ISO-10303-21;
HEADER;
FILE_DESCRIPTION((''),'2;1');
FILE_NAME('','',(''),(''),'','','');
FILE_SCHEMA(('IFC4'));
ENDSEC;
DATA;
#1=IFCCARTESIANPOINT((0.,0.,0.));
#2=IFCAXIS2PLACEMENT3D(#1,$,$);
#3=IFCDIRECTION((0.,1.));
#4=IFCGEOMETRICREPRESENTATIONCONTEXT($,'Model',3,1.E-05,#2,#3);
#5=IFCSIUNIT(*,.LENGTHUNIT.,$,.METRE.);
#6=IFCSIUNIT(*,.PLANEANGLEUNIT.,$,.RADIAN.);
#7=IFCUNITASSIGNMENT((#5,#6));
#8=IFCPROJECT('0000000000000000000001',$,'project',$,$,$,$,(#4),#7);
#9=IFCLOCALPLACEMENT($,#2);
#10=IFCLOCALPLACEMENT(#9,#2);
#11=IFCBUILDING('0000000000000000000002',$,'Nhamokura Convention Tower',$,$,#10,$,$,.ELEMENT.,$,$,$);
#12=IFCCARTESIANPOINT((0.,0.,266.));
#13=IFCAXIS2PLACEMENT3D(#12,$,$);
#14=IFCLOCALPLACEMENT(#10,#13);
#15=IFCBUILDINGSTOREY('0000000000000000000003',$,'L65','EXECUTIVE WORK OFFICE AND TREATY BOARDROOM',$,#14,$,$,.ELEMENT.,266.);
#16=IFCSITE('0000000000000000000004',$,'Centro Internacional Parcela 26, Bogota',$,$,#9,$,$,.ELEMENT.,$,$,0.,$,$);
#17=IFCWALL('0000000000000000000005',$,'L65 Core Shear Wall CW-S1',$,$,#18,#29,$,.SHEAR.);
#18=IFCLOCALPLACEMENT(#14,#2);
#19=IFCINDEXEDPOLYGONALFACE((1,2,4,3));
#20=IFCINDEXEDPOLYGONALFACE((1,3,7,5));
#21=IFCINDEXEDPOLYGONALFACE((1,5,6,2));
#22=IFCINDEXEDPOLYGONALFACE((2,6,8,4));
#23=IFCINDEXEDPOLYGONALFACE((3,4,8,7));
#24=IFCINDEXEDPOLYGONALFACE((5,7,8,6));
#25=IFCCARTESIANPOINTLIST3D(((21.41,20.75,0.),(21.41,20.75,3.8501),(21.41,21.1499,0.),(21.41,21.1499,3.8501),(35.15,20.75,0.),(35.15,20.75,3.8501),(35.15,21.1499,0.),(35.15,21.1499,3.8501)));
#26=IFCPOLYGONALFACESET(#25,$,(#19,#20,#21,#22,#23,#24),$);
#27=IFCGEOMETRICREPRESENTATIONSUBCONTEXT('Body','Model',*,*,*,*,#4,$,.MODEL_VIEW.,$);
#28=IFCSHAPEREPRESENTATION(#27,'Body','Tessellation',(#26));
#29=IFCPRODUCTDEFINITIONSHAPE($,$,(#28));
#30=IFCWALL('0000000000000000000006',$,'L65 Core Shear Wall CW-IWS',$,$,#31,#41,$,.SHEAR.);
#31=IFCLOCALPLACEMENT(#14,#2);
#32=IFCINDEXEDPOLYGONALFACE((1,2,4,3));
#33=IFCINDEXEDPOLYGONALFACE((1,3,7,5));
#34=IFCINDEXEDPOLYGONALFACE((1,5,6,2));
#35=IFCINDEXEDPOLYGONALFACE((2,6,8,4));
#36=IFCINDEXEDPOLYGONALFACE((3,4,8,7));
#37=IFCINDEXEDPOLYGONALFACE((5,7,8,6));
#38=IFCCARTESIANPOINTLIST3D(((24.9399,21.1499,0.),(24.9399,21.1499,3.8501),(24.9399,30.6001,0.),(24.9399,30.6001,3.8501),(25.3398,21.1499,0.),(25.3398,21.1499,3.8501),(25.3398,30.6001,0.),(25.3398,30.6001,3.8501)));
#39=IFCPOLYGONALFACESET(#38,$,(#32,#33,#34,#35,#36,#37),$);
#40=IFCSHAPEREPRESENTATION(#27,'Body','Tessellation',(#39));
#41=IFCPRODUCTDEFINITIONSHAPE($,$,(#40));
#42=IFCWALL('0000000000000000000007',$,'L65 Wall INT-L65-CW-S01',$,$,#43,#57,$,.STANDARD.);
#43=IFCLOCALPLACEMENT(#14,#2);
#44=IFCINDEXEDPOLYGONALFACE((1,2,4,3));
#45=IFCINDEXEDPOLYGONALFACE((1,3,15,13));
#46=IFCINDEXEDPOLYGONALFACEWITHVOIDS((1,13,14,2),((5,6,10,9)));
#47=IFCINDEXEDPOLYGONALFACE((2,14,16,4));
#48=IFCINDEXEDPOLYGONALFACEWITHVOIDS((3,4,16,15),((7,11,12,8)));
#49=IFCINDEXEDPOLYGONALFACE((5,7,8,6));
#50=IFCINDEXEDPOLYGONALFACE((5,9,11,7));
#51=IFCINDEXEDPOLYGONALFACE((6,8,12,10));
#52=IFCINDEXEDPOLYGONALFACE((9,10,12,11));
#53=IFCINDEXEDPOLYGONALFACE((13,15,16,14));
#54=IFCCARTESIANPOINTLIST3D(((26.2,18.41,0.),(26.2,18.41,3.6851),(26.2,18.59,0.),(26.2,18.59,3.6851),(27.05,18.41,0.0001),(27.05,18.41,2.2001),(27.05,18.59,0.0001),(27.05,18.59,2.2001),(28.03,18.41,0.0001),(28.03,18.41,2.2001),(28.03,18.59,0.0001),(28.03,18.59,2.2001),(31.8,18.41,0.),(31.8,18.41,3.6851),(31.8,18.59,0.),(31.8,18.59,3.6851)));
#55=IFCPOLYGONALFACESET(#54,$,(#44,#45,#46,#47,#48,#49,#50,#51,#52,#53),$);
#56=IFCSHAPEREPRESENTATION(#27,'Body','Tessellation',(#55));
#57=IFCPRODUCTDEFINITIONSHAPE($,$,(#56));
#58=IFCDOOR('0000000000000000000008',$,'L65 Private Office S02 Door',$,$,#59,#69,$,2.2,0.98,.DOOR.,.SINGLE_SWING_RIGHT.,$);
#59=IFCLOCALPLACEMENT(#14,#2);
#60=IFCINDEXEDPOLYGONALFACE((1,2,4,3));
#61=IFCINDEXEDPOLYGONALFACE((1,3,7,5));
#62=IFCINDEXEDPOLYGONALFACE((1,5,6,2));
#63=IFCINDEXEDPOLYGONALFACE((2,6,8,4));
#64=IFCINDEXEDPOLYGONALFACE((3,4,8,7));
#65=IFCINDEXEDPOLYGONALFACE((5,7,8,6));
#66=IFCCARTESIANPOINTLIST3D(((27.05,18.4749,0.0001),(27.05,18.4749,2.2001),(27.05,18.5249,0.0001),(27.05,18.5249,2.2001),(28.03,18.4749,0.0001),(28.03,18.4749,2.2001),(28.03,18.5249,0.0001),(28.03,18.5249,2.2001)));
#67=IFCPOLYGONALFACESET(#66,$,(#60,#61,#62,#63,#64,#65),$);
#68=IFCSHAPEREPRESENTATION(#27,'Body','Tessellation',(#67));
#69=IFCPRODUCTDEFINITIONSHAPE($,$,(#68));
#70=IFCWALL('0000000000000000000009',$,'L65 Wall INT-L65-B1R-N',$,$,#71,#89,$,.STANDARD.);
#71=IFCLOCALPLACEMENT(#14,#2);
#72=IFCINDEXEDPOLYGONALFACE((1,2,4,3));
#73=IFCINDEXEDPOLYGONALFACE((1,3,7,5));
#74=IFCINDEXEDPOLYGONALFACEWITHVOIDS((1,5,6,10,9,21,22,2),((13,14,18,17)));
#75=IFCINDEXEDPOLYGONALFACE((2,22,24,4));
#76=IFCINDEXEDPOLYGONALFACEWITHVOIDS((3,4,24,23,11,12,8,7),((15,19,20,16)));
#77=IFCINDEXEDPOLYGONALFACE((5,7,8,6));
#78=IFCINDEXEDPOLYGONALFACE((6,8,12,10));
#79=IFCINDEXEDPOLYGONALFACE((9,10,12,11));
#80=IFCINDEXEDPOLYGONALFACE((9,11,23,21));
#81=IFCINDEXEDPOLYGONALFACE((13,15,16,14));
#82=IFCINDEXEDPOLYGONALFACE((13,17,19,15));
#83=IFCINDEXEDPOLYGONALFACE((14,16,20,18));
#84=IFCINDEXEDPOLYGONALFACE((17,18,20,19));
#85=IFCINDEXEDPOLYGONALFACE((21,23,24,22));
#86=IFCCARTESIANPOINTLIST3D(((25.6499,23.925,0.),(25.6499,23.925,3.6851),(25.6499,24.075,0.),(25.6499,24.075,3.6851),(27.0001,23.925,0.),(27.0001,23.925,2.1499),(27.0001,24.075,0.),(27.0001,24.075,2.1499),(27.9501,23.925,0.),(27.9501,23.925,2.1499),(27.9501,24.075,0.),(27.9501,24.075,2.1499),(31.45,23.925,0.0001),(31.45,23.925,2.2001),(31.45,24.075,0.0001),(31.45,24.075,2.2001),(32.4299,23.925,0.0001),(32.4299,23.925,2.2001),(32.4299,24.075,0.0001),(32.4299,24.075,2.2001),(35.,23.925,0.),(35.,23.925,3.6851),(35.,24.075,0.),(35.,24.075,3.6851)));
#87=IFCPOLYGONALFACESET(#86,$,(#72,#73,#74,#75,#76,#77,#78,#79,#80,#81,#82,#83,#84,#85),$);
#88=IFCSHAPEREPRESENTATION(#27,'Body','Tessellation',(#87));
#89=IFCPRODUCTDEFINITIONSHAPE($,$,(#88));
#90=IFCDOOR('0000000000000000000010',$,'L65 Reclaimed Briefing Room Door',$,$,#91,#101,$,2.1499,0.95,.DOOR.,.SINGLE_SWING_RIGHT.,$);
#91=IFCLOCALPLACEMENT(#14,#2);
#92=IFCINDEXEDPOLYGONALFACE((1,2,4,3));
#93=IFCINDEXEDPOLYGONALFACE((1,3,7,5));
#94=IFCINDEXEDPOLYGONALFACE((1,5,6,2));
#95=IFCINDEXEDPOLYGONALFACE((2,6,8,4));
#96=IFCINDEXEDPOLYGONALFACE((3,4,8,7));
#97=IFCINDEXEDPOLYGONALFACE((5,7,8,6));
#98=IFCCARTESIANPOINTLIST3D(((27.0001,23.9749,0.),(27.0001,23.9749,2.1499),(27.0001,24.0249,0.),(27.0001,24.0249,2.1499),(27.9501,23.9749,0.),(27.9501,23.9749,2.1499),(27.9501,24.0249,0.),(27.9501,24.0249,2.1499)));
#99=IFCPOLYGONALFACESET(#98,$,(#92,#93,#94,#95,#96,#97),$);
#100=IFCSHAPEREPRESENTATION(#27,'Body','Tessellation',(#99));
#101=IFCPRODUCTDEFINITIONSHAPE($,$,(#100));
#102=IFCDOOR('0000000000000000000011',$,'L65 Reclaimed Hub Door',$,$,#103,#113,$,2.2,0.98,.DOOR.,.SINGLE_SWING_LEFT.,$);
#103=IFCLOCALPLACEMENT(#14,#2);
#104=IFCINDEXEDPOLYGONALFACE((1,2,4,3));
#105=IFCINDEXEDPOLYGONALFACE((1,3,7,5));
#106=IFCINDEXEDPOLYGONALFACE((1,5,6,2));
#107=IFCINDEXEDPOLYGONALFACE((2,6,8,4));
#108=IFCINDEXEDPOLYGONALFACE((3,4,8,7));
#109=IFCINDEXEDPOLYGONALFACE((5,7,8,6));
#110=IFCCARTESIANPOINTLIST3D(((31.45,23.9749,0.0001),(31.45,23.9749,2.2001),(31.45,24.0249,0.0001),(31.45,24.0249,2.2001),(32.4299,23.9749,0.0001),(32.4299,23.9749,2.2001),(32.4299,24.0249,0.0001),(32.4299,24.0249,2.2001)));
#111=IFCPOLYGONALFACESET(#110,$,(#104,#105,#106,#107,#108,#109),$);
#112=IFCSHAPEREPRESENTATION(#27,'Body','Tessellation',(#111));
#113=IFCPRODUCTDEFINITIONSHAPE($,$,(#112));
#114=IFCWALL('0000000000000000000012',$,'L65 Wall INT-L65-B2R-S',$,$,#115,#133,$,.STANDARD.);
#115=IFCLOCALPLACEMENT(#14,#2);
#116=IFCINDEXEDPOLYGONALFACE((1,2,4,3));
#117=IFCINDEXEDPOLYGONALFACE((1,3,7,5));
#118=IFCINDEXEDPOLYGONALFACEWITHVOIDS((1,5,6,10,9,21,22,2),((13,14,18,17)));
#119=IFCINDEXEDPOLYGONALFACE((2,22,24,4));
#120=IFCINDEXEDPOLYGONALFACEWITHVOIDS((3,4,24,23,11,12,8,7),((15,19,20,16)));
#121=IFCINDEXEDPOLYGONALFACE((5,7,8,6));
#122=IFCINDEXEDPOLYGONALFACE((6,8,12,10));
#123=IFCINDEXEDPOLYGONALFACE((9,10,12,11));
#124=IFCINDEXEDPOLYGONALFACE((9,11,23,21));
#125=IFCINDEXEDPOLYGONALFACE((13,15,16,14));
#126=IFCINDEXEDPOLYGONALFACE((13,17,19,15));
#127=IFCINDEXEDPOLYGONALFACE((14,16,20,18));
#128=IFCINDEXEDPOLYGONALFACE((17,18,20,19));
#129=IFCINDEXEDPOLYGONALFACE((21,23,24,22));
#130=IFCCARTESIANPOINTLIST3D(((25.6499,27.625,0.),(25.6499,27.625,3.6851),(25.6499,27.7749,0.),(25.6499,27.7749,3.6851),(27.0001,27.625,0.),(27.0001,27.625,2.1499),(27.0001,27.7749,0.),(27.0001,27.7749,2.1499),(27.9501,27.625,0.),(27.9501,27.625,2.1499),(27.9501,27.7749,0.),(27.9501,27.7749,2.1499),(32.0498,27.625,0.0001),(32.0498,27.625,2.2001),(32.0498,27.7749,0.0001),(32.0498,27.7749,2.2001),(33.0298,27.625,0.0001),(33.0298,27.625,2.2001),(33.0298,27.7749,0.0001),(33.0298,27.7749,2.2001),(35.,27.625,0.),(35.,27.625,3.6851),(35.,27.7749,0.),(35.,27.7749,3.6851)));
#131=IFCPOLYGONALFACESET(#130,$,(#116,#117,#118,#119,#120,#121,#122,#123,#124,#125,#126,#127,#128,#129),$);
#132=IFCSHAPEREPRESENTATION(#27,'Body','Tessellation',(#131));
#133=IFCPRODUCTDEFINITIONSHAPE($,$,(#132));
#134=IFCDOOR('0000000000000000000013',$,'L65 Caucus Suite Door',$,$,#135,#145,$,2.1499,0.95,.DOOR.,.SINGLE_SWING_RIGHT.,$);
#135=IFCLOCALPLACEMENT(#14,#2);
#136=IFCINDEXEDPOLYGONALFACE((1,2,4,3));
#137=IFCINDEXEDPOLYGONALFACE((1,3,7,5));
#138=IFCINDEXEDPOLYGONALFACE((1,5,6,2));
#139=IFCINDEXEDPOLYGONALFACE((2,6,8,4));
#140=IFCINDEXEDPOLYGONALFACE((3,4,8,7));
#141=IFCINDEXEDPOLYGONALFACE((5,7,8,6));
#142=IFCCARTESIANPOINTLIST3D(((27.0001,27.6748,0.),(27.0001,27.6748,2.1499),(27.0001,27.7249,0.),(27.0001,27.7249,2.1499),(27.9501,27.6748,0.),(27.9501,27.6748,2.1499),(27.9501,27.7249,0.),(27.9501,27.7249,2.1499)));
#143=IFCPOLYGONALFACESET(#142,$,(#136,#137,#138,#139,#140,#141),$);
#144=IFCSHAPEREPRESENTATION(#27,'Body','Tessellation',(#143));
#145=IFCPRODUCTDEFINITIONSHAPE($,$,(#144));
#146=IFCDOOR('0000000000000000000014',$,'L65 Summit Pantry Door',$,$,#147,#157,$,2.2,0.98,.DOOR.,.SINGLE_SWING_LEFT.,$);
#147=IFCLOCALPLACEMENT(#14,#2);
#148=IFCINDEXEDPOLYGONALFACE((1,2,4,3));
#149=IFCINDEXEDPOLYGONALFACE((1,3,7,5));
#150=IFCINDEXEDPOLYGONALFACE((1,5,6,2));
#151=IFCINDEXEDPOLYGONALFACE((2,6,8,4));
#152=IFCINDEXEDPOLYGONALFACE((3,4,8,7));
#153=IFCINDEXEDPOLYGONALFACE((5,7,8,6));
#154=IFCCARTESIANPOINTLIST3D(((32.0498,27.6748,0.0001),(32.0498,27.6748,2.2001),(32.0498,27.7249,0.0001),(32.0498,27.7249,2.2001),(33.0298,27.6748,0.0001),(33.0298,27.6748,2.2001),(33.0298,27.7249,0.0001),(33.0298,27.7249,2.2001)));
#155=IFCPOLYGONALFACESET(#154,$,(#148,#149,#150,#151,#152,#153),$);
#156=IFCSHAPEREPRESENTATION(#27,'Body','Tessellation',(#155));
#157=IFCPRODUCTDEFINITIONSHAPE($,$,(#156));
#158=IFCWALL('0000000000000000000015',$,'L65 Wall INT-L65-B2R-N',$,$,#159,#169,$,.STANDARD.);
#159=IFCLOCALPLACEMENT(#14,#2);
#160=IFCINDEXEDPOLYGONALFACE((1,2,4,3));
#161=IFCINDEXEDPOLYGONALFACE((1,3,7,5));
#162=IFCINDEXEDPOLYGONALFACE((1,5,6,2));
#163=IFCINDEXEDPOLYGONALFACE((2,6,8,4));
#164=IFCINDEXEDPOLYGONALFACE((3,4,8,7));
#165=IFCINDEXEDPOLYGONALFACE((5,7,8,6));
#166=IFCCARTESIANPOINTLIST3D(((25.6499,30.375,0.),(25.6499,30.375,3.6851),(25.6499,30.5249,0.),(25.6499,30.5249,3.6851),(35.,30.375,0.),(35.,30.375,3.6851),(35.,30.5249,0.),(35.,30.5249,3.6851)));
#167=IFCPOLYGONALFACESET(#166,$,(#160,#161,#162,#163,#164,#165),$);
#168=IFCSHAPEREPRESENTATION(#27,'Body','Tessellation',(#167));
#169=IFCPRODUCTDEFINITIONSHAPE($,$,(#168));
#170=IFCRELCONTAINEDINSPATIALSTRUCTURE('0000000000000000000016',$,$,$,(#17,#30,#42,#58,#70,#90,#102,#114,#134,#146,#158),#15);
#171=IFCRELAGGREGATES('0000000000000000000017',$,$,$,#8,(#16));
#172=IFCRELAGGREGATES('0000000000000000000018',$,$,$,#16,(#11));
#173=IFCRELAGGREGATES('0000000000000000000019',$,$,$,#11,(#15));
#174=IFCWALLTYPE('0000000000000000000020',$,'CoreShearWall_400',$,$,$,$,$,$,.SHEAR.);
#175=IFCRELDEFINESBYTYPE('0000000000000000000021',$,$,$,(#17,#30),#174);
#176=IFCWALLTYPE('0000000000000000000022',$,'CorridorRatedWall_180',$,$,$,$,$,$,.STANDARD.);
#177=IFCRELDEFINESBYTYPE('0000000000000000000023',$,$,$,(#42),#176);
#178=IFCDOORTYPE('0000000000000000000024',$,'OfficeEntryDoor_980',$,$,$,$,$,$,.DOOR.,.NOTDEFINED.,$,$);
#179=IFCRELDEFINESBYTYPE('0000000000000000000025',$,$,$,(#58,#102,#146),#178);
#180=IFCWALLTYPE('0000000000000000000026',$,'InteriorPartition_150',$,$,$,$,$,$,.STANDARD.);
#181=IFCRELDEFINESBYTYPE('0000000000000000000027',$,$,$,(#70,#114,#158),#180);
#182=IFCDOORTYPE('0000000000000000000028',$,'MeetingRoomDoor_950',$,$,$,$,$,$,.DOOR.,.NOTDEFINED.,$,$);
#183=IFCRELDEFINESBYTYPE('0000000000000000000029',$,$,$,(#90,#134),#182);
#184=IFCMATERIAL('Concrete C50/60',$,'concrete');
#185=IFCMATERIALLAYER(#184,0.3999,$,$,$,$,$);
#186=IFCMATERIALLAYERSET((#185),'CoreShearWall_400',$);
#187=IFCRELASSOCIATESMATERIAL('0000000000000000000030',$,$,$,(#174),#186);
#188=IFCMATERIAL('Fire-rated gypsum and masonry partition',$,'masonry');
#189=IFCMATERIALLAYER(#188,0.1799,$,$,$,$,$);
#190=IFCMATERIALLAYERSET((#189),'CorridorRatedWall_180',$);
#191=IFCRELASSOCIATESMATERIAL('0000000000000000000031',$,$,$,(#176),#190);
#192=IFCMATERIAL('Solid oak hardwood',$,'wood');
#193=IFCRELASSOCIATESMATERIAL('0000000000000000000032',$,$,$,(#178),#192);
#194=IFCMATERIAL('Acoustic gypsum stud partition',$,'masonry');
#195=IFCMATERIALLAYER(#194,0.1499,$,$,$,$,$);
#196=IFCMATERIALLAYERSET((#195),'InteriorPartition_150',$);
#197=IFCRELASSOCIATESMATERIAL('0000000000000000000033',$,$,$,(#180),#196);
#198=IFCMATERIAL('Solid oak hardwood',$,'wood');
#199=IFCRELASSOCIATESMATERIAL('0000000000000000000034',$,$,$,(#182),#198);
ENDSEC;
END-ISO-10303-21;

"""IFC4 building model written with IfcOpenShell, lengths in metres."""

from ifc_helpers import new_model, si_unit, direction, frame, frame_2d, origin, place, context, subcontext, project, spatial, rectangle, extrude, material, layer, layer_set, type_object, element, fill, save


model = new_model("IFC4")

# Units and contexts
model_context = context("Model", 3, precision=1e-05, world=origin(), true_north=direction((0.0, 1.0)))
body_context = subcontext(model_context, "Body", "Model", "MODEL_VIEW")
ifc_project = project(units=[si_unit("LENGTHUNIT", "METRE"), si_unit("PLANEANGLEUNIT", "RADIAN")], contexts=[model_context])

# Site, building, storey
site_placement = place(None, origin())
site = spatial("IfcSite", under=ifc_project, at=site_placement, Name="Centro Internacional Parcela 26, Bogota", CompositionType="ELEMENT", RefElevation=0.0)
building_placement = place(site_placement, origin())
building = spatial("IfcBuilding", under=site, at=building_placement, Name="Nhamokura Convention Tower", CompositionType="ELEMENT")
storey_placement = place(building_placement, frame((0.0, 0.0, 266.0)))
storey = spatial("IfcBuildingStorey", under=building, at=storey_placement, Name="L65", Description="EXECUTIVE WORK OFFICE AND TREATY BOARDROOM", CompositionType="ELEMENT", Elevation=266.0)

# Walls
ifc_material_1 = material(Name="Concrete C50/60", Category="concrete")
ifc_layer_1 = layer(ifc_material_1, 0.3999)
ifc_layer_set_1 = layer_set([ifc_layer_1], Name="CoreShearWall_400")
wall_type_1 = type_object("IfcWallType", Name="CoreShearWall_400", PredefinedType="SHEAR", material=ifc_layer_set_1)
wall_1_placement = place(storey_placement, frame((21.4099, 20.95, 0.0), z_axis=(0.0, 0.0, 1.0), x_axis=(1.0, 0.0, 0.0)))
element("IfcWall", 1, at=wall_1_placement, inside=storey, type_object=wall_type_1, Name="L65 Core Shear Wall CW-S1", PredefinedType="SHEAR", context=body_context, shape_type="SweptSolid", body=[
    extrude(rectangle(XDim=13.74, YDim=0.3999, at=frame_2d((6.8701, 0.0))), origin(), (0.0, 0.0, 1.0), 3.8501),
])
wall_2_placement = place(storey_placement, frame((25.1399, 21.1499, 0.0), z_axis=(0.0, 0.0, 1.0), x_axis=(0.0, 1.0, 0.0)))
element("IfcWall", 2, at=wall_2_placement, inside=storey, type_object=wall_type_1, Name="L65 Core Shear Wall CW-IWS", PredefinedType="SHEAR", context=body_context, shape_type="SweptSolid", body=[
    extrude(rectangle(XDim=9.4502, YDim=0.3999, at=frame_2d((4.7251, 0.0))), origin(), (0.0, 0.0, 1.0), 3.8501),
])

# Wall, opening, door
ifc_material_2 = material(Name="Fire-rated gypsum and masonry partition", Category="masonry")
ifc_layer_2 = layer(ifc_material_2, 0.1799)
ifc_layer_set_2 = layer_set([ifc_layer_2], Name="CorridorRatedWall_180")
wall_type_2 = type_object("IfcWallType", Name="CorridorRatedWall_180", PredefinedType="STANDARD", material=ifc_layer_set_2)
wall_3_placement = place(storey_placement, frame((26.2, 18.5, 0.0), z_axis=(0.0, 0.0, 1.0), x_axis=(1.0, 0.0, 0.0)))
wall_3 = element("IfcWall", 3, at=wall_3_placement, inside=storey, type_object=wall_type_2, Name="L65 Wall INT-L65-CW-S01", PredefinedType="STANDARD", context=body_context, shape_type="SweptSolid", body=[
    extrude(rectangle(XDim=5.6001, YDim=0.1799, at=frame_2d((2.8, 0.0))), origin(), (0.0, 0.0, 1.0), 3.6851),
])
opening_1_placement = place(wall_3_placement, frame((0.8501, 0.0, 0.0)))
opening_1 = element("IfcOpeningElement", 4, at=opening_1_placement, cuts=wall_3, PredefinedType="OPENING", context=body_context, shape_type="SweptSolid", body=[
    extrude(rectangle(XDim=0.98, YDim=2.2, at=frame_2d((0.49, 1.1001))), frame((0.0, 0.0999, 0.0), z_axis=(0.0, -1.0, 0.0), x_axis=(1.0, 0.0, 0.0)), (0.0, 0.0, 1.0), 0.2),
])
ifc_material_3 = material(Name="Solid oak hardwood", Category="wood")
door_type_1 = type_object("IfcDoorType", Name="OfficeEntryDoor_980", OperationType="NOTDEFINED", PredefinedType="DOOR", material=ifc_material_3)
door_1_placement = place(opening_1_placement, origin())
door_1 = element("IfcDoor", 5, at=door_1_placement, inside=storey, type_object=door_type_1, Name="L65 Private Office S02 Door", OperationType="SINGLE_SWING_RIGHT", OverallHeight=2.2, OverallWidth=0.98, PredefinedType="DOOR", context=body_context, shape_type="SweptSolid", body=[
    extrude(rectangle(XDim=0.98, YDim=2.2, at=frame_2d((0.49, 1.1001))), frame((0.0, 0.0249, 0.0), z_axis=(0.0, -1.0, 0.0), x_axis=(1.0, 0.0, 0.0)), (0.0, 0.0, 1.0), 0.05),
])
fill(opening_1, door_1)

# Walls, openings, doors
ifc_material_4 = material(Name="Acoustic gypsum stud partition", Category="masonry")
ifc_layer_3 = layer(ifc_material_4, 0.1499)
ifc_layer_set_3 = layer_set([ifc_layer_3], Name="InteriorPartition_150")
wall_type_3 = type_object("IfcWallType", Name="InteriorPartition_150", PredefinedType="STANDARD", material=ifc_layer_set_3)
wall_4_placement = place(storey_placement, frame((25.6499, 24.0, 0.0), z_axis=(0.0, 0.0, 1.0), x_axis=(1.0, 0.0, 0.0)))
wall_4 = element("IfcWall", 6, at=wall_4_placement, inside=storey, type_object=wall_type_3, Name="L65 Wall INT-L65-B1R-N", PredefinedType="STANDARD", context=body_context, shape_type="SweptSolid", body=[
    extrude(rectangle(XDim=9.3501, YDim=0.1499, at=frame_2d((4.675, 0.0))), origin(), (0.0, 0.0, 1.0), 3.6851),
])
opening_2_placement = place(wall_4_placement, frame((1.3501, 0.0, 0.0)))
opening_2 = element("IfcOpeningElement", 7, at=opening_2_placement, cuts=wall_4, PredefinedType="OPENING", context=body_context, shape_type="SweptSolid", body=[
    extrude(rectangle(XDim=0.95, YDim=2.1499, at=frame_2d((0.4751, 1.075))), frame((0.0, 0.085, 0.0), z_axis=(0.0, -1.0, 0.0), x_axis=(1.0, 0.0, 0.0)), (0.0, 0.0, 1.0), 0.1699),
])
opening_3_placement = place(wall_4_placement, frame((5.8, 0.0, 0.0)))
opening_3 = element("IfcOpeningElement", 8, at=opening_3_placement, cuts=wall_4, PredefinedType="OPENING", context=body_context, shape_type="SweptSolid", body=[
    extrude(rectangle(XDim=0.98, YDim=2.2, at=frame_2d((0.49, 1.1001))), frame((0.0, 0.085, 0.0), z_axis=(0.0, -1.0, 0.0), x_axis=(1.0, 0.0, 0.0)), (0.0, 0.0, 1.0), 0.1699),
])
ifc_material_5 = material(Name="Solid oak hardwood", Category="wood")
door_type_2 = type_object("IfcDoorType", Name="MeetingRoomDoor_950", OperationType="NOTDEFINED", PredefinedType="DOOR", material=ifc_material_5)
door_2_placement = place(opening_2_placement, origin())
door_2 = element("IfcDoor", 9, at=door_2_placement, inside=storey, type_object=door_type_2, Name="L65 Reclaimed Briefing Room Door", OperationType="SINGLE_SWING_RIGHT", OverallHeight=2.1499, OverallWidth=0.95, PredefinedType="DOOR", context=body_context, shape_type="SweptSolid", body=[
    extrude(rectangle(XDim=0.95, YDim=2.1499, at=frame_2d((0.4751, 1.075))), frame((0.0, 0.0249, 0.0), z_axis=(0.0, -1.0, 0.0), x_axis=(1.0, 0.0, 0.0)), (0.0, 0.0, 1.0), 0.05),
])
fill(opening_2, door_2)
door_3_placement = place(opening_3_placement, origin())
door_3 = element("IfcDoor", 10, at=door_3_placement, inside=storey, type_object=door_type_1, Name="L65 Reclaimed Hub Door", OperationType="SINGLE_SWING_LEFT", OverallHeight=2.2, OverallWidth=0.98, PredefinedType="DOOR", context=body_context, shape_type="SweptSolid", body=[
    extrude(rectangle(XDim=0.98, YDim=2.2, at=frame_2d((0.49, 1.1001))), frame((0.0, 0.0249, 0.0), z_axis=(0.0, -1.0, 0.0), x_axis=(1.0, 0.0, 0.0)), (0.0, 0.0, 1.0), 0.05),
])
fill(opening_3, door_3)
wall_5_placement = place(storey_placement, frame((25.6499, 27.7, 0.0), z_axis=(0.0, 0.0, 1.0), x_axis=(1.0, 0.0, 0.0)))
wall_5 = element("IfcWall", 11, at=wall_5_placement, inside=storey, type_object=wall_type_3, Name="L65 Wall INT-L65-B2R-S", PredefinedType="STANDARD", context=body_context, shape_type="SweptSolid", body=[
    extrude(rectangle(XDim=9.3501, YDim=0.1499, at=frame_2d((4.675, 0.0))), origin(), (0.0, 0.0, 1.0), 3.6851),
])
opening_4_placement = place(wall_5_placement, frame((1.3501, 0.0, 0.0)))
opening_4 = element("IfcOpeningElement", 12, at=opening_4_placement, cuts=wall_5, PredefinedType="OPENING", context=body_context, shape_type="SweptSolid", body=[
    extrude(rectangle(XDim=0.95, YDim=2.1499, at=frame_2d((0.4751, 1.075))), frame((0.0, 0.085, 0.0), z_axis=(0.0, -1.0, 0.0), x_axis=(1.0, 0.0, 0.0)), (0.0, 0.0, 1.0), 0.1699),
])
opening_5_placement = place(wall_5_placement, frame((6.3999, 0.0, 0.0)))
opening_5 = element("IfcOpeningElement", 13, at=opening_5_placement, cuts=wall_5, PredefinedType="OPENING", context=body_context, shape_type="SweptSolid", body=[
    extrude(rectangle(XDim=0.98, YDim=2.2, at=frame_2d((0.49, 1.1001))), frame((0.0, 0.085, 0.0), z_axis=(0.0, -1.0, 0.0), x_axis=(1.0, 0.0, 0.0)), (0.0, 0.0, 1.0), 0.1699),
])
door_4_placement = place(opening_4_placement, origin())
door_4 = element("IfcDoor", 14, at=door_4_placement, inside=storey, type_object=door_type_2, Name="L65 Caucus Suite Door", OperationType="SINGLE_SWING_RIGHT", OverallHeight=2.1499, OverallWidth=0.95, PredefinedType="DOOR", context=body_context, shape_type="SweptSolid", body=[
    extrude(rectangle(XDim=0.95, YDim=2.1499, at=frame_2d((0.4751, 1.075))), frame((0.0, 0.0249, 0.0), z_axis=(0.0, -1.0, 0.0), x_axis=(1.0, 0.0, 0.0)), (0.0, 0.0, 1.0), 0.05),
])
fill(opening_4, door_4)
door_5_placement = place(opening_5_placement, origin())
door_5 = element("IfcDoor", 15, at=door_5_placement, inside=storey, type_object=door_type_1, Name="L65 Summit Pantry Door", OperationType="SINGLE_SWING_LEFT", OverallHeight=2.2, OverallWidth=0.98, PredefinedType="DOOR", context=body_context, shape_type="SweptSolid", body=[
    extrude(rectangle(XDim=0.98, YDim=2.2, at=frame_2d((0.49, 1.1001))), frame((0.0, 0.0249, 0.0), z_axis=(0.0, -1.0, 0.0), x_axis=(1.0, 0.0, 0.0)), (0.0, 0.0, 1.0), 0.05),
])
fill(opening_5, door_5)

# Wall
wall_6_placement = place(storey_placement, frame((25.6499, 30.45, 0.0), z_axis=(0.0, 0.0, 1.0), x_axis=(1.0, 0.0, 0.0)))
element("IfcWall", 16, at=wall_6_placement, inside=storey, type_object=wall_type_3, Name="L65 Wall INT-L65-B2R-N", PredefinedType="STANDARD", context=body_context, shape_type="SweptSolid", body=[
    extrude(rectangle(XDim=9.3501, YDim=0.1499, at=frame_2d((4.675, 0.0))), origin(), (0.0, 0.0, 1.0), 3.6851),
])

save(model, "model.ifc")
